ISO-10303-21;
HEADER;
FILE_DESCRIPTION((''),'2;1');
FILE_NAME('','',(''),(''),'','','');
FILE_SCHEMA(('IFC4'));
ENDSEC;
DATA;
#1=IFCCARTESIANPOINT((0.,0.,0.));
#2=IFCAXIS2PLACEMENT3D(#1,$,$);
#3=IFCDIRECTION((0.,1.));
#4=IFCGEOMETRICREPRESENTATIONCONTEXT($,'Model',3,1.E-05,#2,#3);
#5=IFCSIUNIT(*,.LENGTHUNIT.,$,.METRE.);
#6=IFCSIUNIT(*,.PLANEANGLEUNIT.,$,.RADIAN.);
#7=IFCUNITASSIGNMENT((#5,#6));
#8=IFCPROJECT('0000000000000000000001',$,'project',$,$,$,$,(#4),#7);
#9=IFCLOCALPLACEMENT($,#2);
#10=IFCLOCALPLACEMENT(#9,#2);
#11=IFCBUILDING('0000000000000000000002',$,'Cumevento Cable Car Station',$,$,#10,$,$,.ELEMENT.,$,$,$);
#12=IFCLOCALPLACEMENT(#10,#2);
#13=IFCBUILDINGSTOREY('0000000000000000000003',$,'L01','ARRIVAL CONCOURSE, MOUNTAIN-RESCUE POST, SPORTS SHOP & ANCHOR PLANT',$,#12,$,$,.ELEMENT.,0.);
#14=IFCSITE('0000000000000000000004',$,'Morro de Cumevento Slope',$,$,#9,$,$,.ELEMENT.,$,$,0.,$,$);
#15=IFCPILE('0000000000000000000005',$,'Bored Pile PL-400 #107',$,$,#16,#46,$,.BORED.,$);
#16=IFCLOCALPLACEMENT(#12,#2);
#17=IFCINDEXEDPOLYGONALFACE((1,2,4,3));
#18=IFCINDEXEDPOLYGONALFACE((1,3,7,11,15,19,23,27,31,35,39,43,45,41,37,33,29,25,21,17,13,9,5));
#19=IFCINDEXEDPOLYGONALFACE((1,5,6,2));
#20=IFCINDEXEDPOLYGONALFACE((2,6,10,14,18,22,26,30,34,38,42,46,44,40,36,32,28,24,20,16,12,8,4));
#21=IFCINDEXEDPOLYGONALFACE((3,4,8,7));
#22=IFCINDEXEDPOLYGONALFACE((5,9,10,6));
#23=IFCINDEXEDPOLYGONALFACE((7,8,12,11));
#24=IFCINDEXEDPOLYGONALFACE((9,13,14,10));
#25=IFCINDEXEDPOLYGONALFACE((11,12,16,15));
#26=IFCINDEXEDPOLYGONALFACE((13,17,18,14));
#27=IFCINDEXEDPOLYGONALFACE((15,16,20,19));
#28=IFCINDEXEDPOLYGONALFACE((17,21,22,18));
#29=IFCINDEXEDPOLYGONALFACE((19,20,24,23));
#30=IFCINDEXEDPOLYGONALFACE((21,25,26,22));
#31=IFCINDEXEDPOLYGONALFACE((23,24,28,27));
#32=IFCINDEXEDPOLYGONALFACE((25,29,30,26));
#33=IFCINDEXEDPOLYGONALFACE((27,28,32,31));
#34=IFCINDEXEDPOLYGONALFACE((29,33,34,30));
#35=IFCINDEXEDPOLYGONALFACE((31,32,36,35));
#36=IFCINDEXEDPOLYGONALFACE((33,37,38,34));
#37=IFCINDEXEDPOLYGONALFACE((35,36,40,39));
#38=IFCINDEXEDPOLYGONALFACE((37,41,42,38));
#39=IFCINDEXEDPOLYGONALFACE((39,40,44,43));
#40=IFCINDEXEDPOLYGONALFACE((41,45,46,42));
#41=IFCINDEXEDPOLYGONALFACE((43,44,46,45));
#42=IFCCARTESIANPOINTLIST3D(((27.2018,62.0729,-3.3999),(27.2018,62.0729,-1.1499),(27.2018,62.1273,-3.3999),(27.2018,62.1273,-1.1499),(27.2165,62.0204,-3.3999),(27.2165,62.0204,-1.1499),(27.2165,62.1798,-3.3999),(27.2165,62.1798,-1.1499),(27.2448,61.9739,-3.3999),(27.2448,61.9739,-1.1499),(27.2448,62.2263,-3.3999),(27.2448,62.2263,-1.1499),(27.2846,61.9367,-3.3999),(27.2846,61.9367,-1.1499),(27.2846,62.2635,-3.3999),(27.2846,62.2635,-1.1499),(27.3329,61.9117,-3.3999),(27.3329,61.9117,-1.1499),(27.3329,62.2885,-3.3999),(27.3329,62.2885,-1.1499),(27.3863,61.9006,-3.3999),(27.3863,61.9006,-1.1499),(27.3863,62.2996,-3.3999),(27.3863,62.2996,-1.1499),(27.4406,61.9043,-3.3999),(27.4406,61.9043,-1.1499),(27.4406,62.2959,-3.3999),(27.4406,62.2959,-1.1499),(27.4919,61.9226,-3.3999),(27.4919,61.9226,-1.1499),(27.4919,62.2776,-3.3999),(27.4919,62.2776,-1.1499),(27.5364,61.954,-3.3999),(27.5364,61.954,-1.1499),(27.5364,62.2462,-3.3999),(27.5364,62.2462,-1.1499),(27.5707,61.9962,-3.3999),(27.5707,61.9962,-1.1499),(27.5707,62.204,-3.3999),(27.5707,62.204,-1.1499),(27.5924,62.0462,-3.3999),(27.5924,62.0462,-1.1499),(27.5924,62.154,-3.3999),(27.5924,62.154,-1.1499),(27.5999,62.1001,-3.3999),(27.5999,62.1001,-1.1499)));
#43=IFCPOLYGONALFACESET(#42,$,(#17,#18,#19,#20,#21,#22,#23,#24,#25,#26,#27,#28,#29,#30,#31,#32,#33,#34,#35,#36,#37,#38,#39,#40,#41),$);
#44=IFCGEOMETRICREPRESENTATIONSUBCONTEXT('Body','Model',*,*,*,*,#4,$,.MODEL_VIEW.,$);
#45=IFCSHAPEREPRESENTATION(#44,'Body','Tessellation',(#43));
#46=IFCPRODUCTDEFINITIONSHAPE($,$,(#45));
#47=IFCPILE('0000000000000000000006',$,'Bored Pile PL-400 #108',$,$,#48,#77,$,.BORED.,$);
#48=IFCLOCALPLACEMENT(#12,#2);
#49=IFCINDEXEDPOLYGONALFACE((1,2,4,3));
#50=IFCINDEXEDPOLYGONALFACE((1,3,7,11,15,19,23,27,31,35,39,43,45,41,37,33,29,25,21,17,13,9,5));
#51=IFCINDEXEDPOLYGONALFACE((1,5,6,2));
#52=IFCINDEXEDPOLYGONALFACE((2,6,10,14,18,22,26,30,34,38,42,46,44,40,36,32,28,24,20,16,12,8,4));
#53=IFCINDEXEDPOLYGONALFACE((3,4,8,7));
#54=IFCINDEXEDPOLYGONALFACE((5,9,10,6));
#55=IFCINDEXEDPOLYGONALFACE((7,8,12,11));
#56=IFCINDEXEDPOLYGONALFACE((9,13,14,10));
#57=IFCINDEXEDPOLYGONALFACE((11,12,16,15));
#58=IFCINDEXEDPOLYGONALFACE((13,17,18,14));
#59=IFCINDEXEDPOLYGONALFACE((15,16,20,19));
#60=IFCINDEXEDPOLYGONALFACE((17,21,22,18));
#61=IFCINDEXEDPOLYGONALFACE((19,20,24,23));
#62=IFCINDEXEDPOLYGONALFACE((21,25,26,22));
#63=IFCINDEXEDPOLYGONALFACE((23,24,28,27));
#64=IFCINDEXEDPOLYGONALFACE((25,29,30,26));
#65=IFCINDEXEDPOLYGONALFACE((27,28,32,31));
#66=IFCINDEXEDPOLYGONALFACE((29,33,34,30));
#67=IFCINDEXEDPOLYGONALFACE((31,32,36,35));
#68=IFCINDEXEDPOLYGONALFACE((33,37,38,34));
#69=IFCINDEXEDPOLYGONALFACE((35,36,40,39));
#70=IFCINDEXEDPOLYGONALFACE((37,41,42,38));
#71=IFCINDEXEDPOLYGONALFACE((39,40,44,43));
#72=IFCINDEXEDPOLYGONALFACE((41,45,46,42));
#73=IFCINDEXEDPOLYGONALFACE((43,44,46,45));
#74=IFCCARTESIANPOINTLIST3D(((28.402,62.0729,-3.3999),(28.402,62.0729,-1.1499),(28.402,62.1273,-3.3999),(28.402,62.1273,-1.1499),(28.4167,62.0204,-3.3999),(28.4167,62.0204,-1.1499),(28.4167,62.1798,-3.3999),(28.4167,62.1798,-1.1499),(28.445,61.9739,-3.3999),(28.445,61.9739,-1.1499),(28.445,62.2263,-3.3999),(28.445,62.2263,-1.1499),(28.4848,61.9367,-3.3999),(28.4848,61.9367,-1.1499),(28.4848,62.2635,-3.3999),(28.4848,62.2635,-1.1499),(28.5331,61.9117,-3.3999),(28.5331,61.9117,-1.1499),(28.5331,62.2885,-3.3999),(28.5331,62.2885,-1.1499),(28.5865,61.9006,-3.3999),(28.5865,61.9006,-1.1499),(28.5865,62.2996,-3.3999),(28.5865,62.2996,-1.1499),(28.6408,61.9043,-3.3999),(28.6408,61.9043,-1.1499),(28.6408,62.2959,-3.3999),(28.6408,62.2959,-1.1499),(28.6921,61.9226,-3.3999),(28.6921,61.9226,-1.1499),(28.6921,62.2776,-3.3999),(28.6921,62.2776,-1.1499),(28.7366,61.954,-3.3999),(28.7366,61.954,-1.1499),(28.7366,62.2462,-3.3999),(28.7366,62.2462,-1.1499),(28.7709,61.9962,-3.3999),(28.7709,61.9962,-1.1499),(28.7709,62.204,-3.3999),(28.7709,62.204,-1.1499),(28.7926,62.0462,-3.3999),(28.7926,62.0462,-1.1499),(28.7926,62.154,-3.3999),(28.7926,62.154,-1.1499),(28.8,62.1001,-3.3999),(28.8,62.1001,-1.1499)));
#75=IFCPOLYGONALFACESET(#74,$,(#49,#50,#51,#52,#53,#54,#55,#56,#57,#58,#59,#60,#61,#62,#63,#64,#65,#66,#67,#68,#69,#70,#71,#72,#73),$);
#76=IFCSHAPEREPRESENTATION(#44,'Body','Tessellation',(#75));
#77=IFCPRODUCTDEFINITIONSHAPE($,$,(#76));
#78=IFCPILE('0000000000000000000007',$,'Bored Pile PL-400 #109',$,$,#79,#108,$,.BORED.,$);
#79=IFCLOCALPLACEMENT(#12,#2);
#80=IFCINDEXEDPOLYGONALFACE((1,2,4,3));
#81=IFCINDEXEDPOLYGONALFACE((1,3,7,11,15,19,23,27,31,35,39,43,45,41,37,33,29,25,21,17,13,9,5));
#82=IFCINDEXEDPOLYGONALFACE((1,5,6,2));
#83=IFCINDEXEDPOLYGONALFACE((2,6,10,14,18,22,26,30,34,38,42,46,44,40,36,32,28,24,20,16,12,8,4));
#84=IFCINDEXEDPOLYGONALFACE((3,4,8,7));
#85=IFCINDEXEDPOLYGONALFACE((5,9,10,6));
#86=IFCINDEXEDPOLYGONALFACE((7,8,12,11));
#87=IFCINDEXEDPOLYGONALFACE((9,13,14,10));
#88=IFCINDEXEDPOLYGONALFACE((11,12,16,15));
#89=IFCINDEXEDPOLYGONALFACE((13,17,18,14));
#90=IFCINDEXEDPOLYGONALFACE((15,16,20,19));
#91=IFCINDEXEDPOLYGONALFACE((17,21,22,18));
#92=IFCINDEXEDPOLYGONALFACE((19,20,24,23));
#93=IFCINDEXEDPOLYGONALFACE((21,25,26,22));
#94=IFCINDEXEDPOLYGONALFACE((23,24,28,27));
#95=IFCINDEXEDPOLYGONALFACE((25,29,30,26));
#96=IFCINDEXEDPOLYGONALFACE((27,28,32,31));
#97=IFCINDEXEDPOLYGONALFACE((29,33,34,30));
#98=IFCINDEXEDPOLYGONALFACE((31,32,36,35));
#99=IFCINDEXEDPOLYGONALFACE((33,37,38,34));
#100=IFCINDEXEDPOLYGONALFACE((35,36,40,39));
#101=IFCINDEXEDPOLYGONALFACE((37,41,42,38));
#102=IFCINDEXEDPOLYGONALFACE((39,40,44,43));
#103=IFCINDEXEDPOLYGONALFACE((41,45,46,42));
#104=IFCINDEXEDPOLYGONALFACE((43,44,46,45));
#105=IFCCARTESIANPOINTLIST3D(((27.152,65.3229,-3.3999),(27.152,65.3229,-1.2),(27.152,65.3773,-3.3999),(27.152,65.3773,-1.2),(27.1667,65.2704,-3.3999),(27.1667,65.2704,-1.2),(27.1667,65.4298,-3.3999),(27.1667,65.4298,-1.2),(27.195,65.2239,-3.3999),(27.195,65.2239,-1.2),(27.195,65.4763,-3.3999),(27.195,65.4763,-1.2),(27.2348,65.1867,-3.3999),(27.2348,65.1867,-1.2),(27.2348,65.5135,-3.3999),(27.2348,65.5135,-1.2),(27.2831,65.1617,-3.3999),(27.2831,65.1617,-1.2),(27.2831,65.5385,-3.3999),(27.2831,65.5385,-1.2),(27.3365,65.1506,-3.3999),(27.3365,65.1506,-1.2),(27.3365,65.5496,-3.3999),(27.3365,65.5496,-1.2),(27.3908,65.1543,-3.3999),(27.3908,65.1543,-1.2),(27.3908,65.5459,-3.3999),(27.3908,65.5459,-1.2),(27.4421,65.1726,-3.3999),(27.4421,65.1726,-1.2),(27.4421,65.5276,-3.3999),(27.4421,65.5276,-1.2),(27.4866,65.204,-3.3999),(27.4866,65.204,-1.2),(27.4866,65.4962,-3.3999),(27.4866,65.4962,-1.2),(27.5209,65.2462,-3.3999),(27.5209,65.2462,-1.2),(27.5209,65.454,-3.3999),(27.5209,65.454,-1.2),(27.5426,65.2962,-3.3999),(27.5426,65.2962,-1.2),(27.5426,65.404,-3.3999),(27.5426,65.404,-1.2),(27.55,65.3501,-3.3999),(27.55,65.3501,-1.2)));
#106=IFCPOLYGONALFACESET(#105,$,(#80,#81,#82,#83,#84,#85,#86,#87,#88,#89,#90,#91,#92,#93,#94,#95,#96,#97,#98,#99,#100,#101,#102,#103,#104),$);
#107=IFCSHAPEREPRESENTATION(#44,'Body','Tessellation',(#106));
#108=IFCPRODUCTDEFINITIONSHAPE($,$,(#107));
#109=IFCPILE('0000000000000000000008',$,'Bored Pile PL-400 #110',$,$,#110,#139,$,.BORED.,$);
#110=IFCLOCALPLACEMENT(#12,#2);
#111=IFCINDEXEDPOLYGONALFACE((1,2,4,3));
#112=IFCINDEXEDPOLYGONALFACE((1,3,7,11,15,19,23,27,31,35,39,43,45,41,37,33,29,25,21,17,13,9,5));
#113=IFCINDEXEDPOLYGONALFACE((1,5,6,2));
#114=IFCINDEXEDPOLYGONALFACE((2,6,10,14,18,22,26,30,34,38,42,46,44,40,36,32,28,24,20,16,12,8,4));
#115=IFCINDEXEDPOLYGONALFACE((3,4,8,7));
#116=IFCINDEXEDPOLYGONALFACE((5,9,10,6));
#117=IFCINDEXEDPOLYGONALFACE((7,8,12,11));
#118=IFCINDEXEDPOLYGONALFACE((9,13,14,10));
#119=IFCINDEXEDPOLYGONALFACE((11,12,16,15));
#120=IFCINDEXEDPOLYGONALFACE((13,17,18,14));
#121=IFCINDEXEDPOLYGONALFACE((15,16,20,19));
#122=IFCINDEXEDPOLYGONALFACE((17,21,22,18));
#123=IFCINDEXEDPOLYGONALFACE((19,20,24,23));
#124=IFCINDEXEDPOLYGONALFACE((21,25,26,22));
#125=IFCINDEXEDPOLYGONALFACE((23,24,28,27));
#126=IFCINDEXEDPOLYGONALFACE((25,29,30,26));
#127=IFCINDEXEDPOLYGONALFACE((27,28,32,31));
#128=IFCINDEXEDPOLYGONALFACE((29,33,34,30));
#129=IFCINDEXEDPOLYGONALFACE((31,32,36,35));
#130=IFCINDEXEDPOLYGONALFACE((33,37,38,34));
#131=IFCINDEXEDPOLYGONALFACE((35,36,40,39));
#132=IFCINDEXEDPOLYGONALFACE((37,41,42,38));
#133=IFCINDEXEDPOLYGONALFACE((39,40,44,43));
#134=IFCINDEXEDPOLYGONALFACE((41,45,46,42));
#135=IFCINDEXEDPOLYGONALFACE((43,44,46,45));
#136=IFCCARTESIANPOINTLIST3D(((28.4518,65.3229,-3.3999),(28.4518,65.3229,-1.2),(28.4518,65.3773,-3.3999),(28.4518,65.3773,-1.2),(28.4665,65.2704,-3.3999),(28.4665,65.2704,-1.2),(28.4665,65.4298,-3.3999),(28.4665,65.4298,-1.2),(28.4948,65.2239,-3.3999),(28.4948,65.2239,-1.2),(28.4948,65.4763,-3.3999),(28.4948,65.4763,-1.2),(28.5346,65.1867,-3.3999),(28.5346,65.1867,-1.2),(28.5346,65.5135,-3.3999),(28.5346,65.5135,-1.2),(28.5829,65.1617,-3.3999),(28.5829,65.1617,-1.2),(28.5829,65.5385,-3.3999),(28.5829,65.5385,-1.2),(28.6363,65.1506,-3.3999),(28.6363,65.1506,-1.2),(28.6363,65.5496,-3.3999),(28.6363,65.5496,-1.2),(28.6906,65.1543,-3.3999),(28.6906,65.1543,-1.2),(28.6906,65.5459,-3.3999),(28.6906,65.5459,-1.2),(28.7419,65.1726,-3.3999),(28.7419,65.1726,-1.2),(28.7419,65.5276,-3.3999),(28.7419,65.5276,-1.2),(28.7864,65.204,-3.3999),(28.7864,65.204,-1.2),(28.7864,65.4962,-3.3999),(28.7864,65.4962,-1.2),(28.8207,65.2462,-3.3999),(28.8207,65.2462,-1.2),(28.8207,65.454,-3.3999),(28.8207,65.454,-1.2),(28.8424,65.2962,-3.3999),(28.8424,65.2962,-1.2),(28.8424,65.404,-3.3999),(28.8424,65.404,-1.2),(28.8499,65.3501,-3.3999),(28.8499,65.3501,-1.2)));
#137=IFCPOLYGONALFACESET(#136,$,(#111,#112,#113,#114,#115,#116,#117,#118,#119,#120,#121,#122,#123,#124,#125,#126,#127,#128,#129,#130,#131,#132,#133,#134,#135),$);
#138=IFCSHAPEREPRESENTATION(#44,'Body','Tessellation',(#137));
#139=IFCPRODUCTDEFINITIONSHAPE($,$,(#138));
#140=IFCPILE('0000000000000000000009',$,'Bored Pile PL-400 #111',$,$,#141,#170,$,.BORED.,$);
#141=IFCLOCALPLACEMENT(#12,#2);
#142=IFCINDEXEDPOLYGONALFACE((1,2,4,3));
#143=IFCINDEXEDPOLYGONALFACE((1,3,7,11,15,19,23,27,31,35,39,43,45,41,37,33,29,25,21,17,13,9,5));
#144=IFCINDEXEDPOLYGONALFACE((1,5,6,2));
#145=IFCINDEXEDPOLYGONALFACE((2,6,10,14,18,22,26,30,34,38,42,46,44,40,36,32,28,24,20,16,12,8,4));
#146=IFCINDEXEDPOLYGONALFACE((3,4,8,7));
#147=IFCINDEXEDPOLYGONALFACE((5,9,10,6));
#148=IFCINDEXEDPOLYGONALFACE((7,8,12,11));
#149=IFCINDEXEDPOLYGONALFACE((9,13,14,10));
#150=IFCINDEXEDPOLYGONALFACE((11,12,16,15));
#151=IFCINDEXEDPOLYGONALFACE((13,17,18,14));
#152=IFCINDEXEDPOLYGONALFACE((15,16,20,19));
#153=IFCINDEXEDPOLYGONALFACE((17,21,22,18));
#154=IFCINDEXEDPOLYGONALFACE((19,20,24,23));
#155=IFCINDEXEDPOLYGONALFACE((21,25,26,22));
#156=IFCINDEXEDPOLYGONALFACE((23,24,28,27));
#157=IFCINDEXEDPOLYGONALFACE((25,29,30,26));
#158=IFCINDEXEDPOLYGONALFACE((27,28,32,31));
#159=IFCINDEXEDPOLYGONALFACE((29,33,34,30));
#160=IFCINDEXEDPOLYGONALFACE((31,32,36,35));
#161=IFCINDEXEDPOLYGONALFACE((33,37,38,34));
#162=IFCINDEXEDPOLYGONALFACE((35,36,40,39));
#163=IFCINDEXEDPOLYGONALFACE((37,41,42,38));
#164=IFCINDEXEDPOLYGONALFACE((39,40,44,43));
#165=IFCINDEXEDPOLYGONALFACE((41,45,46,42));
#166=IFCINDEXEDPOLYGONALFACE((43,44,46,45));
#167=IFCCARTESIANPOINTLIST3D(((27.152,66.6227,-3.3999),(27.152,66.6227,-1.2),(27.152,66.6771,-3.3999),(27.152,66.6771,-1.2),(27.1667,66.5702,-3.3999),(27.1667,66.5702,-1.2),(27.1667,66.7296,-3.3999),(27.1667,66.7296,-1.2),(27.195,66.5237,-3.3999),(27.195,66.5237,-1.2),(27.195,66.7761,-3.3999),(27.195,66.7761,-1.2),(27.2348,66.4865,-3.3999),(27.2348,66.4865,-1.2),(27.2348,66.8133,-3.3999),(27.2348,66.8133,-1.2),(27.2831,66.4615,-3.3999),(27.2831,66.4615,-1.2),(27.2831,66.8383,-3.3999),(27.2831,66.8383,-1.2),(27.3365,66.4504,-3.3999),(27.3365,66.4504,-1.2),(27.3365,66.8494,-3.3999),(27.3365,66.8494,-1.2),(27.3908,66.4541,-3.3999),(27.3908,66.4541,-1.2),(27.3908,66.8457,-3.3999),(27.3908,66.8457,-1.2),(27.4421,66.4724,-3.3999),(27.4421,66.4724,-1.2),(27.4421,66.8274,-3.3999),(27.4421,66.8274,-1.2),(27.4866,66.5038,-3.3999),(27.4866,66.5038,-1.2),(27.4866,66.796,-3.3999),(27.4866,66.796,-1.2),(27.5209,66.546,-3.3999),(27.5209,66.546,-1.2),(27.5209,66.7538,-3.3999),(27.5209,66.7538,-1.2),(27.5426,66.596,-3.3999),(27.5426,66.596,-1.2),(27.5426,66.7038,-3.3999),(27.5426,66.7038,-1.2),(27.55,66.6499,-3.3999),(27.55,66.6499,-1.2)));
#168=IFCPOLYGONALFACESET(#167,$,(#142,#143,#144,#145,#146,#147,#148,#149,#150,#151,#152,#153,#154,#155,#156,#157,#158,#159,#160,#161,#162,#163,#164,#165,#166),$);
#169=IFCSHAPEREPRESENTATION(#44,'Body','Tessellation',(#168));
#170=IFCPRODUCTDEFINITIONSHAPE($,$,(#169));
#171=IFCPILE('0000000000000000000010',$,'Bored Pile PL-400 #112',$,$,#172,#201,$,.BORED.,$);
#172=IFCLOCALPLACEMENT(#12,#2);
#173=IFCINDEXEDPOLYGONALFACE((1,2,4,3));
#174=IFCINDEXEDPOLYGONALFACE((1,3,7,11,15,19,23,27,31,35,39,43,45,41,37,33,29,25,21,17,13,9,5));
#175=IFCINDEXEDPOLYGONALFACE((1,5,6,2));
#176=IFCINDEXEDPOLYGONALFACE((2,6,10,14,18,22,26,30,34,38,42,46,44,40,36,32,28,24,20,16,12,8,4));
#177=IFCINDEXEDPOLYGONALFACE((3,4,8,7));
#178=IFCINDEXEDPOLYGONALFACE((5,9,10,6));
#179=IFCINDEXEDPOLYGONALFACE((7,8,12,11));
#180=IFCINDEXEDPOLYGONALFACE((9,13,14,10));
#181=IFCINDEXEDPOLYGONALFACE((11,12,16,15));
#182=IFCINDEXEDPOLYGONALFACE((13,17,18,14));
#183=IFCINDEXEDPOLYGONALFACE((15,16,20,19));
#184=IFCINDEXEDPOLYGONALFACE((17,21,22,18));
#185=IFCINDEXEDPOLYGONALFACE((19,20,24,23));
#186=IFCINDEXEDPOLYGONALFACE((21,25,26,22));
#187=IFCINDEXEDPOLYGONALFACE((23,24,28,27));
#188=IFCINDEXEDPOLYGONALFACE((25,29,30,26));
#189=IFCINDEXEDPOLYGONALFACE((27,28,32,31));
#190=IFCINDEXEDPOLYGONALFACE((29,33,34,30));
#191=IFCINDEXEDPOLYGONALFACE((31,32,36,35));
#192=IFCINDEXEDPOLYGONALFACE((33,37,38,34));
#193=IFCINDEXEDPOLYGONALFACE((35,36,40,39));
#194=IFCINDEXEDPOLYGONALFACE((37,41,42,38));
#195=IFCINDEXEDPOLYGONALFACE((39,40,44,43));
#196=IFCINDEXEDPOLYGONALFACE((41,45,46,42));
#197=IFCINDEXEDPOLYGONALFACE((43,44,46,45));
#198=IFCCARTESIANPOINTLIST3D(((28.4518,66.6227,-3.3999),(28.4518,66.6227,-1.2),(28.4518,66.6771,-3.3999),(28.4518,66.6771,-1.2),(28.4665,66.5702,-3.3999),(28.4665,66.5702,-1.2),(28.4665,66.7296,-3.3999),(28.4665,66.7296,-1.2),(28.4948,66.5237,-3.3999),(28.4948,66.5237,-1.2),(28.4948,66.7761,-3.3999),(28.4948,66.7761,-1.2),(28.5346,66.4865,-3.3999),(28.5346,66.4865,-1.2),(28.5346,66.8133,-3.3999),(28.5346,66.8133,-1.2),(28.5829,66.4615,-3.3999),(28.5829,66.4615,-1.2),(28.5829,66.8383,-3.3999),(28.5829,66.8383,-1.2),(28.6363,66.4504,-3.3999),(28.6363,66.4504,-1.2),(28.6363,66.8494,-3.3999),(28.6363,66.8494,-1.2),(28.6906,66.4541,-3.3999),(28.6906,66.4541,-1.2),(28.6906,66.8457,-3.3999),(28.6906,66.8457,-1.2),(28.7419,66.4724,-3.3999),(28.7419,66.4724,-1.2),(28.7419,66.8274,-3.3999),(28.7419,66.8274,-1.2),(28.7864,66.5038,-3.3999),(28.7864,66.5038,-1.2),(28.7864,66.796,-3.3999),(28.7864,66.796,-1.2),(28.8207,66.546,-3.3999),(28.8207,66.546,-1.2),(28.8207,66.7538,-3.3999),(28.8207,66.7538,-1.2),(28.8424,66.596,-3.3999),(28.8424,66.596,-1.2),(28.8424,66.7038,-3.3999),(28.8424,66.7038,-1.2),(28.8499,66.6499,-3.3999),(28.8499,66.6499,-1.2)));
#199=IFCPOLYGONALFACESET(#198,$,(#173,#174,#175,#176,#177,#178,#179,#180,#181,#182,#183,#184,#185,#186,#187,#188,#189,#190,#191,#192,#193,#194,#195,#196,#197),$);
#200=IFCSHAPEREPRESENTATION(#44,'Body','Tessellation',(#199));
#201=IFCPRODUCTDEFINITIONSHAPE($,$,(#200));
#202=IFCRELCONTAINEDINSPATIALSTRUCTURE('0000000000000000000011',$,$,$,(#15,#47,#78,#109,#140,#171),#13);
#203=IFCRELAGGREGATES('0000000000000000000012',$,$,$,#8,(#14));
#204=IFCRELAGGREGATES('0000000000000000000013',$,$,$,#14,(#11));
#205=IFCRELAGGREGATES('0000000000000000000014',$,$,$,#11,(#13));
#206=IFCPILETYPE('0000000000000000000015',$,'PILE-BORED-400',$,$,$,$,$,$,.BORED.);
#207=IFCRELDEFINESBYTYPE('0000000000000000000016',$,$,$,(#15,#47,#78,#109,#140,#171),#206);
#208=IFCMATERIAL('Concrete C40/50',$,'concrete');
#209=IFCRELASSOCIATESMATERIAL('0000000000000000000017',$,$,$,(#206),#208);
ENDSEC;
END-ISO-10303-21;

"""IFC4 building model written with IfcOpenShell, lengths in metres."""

from ifc_helpers import new_model, si_unit, direction, frame, origin, origin_2d, place, context, subcontext, project, spatial, circle, extrude, material, material_profile, profile_set, type_object, element, save


model = new_model("IFC4")

# Units and contexts
model_context = context("Model", 3, precision=1e-05, world=origin(), true_north=direction((0.0, 1.0)))
body_context = subcontext(model_context, "Body", "Model", "MODEL_VIEW")
ifc_project = project(units=[si_unit("LENGTHUNIT", "METRE"), si_unit("PLANEANGLEUNIT", "RADIAN")], contexts=[model_context])

# Site, building, storey
site_placement = place(None, origin())
site = spatial("IfcSite", under=ifc_project, at=site_placement, Name="Morro de Cumevento Slope", CompositionType="ELEMENT", RefElevation=0.0)
building_placement = place(site_placement, origin())
building = spatial("IfcBuilding", under=site, at=building_placement, Name="Cumevento Cable Car Station", CompositionType="ELEMENT")
storey_placement = place(building_placement, origin())
storey = spatial("IfcBuildingStorey", under=building, at=storey_placement, Name="L01", Description="ARRIVAL CONCOURSE, MOUNTAIN-RESCUE POST, SPORTS SHOP & ANCHOR PLANT", CompositionType="ELEMENT", Elevation=0.0)

# Piles
ifc_material_1 = material(Name="Concrete C40/50", Category="concrete")
ifc_material_profile_1 = material_profile(ifc_material_1, circle(Radius=0.2, at=origin_2d()), Name="PILE-D400")
ifc_profile_set_1 = profile_set([ifc_material_profile_1], Name="Concrete C40/50")
pile_type = type_object("IfcPileType", Name="PILE-BORED-400", PredefinedType="BORED", material=ifc_profile_set_1)
for number, where, z_axis, x_axis, name in (
    (1, (27.3999, 62.1001, -1.1499), (0.0, 0.0, -1.0), (1.0, 0.0, 0.0), "Bored Pile PL-400 #107"),
    (2, (28.6001, 62.1001, -1.1499), (0.0, 0.0, -1.0), (1.0, 0.0, 0.0), "Bored Pile PL-400 #108"),
):
    element("IfcPile", number, at=place(storey_placement, frame(where, z_axis=z_axis, x_axis=x_axis)), inside=storey, type_object=pile_type, Name=name, PredefinedType="BORED", context=body_context, shape_type="SweptSolid", body=[
        extrude(circle(Radius=0.2, at=origin_2d()), origin(), (0.0, 0.0, 1.0), 2.25),
    ])
for number, where, z_axis, x_axis, name in (
    (3, (27.3501, 65.3501, -1.2), (0.0, 0.0, -1.0), (1.0, 0.0, 0.0), "Bored Pile PL-400 #109"),
    (4, (28.6499, 65.3501, -1.2), (0.0, 0.0, -1.0), (1.0, 0.0, 0.0), "Bored Pile PL-400 #110"),
    (5, (27.3501, 66.6499, -1.2), (0.0, 0.0, -1.0), (1.0, 0.0, 0.0), "Bored Pile PL-400 #111"),
    (6, (28.6499, 66.6499, -1.2), (0.0, 0.0, -1.0), (1.0, 0.0, 0.0), "Bored Pile PL-400 #112"),
):
    element("IfcPile", number, at=place(storey_placement, frame(where, z_axis=z_axis, x_axis=x_axis)), inside=storey, type_object=pile_type, Name=name, PredefinedType="BORED", context=body_context, shape_type="SweptSolid", body=[
        extrude(circle(Radius=0.2, at=origin_2d()), origin(), (0.0, 0.0, 1.0), 2.2),
    ])

save(model, "model.ifc")
